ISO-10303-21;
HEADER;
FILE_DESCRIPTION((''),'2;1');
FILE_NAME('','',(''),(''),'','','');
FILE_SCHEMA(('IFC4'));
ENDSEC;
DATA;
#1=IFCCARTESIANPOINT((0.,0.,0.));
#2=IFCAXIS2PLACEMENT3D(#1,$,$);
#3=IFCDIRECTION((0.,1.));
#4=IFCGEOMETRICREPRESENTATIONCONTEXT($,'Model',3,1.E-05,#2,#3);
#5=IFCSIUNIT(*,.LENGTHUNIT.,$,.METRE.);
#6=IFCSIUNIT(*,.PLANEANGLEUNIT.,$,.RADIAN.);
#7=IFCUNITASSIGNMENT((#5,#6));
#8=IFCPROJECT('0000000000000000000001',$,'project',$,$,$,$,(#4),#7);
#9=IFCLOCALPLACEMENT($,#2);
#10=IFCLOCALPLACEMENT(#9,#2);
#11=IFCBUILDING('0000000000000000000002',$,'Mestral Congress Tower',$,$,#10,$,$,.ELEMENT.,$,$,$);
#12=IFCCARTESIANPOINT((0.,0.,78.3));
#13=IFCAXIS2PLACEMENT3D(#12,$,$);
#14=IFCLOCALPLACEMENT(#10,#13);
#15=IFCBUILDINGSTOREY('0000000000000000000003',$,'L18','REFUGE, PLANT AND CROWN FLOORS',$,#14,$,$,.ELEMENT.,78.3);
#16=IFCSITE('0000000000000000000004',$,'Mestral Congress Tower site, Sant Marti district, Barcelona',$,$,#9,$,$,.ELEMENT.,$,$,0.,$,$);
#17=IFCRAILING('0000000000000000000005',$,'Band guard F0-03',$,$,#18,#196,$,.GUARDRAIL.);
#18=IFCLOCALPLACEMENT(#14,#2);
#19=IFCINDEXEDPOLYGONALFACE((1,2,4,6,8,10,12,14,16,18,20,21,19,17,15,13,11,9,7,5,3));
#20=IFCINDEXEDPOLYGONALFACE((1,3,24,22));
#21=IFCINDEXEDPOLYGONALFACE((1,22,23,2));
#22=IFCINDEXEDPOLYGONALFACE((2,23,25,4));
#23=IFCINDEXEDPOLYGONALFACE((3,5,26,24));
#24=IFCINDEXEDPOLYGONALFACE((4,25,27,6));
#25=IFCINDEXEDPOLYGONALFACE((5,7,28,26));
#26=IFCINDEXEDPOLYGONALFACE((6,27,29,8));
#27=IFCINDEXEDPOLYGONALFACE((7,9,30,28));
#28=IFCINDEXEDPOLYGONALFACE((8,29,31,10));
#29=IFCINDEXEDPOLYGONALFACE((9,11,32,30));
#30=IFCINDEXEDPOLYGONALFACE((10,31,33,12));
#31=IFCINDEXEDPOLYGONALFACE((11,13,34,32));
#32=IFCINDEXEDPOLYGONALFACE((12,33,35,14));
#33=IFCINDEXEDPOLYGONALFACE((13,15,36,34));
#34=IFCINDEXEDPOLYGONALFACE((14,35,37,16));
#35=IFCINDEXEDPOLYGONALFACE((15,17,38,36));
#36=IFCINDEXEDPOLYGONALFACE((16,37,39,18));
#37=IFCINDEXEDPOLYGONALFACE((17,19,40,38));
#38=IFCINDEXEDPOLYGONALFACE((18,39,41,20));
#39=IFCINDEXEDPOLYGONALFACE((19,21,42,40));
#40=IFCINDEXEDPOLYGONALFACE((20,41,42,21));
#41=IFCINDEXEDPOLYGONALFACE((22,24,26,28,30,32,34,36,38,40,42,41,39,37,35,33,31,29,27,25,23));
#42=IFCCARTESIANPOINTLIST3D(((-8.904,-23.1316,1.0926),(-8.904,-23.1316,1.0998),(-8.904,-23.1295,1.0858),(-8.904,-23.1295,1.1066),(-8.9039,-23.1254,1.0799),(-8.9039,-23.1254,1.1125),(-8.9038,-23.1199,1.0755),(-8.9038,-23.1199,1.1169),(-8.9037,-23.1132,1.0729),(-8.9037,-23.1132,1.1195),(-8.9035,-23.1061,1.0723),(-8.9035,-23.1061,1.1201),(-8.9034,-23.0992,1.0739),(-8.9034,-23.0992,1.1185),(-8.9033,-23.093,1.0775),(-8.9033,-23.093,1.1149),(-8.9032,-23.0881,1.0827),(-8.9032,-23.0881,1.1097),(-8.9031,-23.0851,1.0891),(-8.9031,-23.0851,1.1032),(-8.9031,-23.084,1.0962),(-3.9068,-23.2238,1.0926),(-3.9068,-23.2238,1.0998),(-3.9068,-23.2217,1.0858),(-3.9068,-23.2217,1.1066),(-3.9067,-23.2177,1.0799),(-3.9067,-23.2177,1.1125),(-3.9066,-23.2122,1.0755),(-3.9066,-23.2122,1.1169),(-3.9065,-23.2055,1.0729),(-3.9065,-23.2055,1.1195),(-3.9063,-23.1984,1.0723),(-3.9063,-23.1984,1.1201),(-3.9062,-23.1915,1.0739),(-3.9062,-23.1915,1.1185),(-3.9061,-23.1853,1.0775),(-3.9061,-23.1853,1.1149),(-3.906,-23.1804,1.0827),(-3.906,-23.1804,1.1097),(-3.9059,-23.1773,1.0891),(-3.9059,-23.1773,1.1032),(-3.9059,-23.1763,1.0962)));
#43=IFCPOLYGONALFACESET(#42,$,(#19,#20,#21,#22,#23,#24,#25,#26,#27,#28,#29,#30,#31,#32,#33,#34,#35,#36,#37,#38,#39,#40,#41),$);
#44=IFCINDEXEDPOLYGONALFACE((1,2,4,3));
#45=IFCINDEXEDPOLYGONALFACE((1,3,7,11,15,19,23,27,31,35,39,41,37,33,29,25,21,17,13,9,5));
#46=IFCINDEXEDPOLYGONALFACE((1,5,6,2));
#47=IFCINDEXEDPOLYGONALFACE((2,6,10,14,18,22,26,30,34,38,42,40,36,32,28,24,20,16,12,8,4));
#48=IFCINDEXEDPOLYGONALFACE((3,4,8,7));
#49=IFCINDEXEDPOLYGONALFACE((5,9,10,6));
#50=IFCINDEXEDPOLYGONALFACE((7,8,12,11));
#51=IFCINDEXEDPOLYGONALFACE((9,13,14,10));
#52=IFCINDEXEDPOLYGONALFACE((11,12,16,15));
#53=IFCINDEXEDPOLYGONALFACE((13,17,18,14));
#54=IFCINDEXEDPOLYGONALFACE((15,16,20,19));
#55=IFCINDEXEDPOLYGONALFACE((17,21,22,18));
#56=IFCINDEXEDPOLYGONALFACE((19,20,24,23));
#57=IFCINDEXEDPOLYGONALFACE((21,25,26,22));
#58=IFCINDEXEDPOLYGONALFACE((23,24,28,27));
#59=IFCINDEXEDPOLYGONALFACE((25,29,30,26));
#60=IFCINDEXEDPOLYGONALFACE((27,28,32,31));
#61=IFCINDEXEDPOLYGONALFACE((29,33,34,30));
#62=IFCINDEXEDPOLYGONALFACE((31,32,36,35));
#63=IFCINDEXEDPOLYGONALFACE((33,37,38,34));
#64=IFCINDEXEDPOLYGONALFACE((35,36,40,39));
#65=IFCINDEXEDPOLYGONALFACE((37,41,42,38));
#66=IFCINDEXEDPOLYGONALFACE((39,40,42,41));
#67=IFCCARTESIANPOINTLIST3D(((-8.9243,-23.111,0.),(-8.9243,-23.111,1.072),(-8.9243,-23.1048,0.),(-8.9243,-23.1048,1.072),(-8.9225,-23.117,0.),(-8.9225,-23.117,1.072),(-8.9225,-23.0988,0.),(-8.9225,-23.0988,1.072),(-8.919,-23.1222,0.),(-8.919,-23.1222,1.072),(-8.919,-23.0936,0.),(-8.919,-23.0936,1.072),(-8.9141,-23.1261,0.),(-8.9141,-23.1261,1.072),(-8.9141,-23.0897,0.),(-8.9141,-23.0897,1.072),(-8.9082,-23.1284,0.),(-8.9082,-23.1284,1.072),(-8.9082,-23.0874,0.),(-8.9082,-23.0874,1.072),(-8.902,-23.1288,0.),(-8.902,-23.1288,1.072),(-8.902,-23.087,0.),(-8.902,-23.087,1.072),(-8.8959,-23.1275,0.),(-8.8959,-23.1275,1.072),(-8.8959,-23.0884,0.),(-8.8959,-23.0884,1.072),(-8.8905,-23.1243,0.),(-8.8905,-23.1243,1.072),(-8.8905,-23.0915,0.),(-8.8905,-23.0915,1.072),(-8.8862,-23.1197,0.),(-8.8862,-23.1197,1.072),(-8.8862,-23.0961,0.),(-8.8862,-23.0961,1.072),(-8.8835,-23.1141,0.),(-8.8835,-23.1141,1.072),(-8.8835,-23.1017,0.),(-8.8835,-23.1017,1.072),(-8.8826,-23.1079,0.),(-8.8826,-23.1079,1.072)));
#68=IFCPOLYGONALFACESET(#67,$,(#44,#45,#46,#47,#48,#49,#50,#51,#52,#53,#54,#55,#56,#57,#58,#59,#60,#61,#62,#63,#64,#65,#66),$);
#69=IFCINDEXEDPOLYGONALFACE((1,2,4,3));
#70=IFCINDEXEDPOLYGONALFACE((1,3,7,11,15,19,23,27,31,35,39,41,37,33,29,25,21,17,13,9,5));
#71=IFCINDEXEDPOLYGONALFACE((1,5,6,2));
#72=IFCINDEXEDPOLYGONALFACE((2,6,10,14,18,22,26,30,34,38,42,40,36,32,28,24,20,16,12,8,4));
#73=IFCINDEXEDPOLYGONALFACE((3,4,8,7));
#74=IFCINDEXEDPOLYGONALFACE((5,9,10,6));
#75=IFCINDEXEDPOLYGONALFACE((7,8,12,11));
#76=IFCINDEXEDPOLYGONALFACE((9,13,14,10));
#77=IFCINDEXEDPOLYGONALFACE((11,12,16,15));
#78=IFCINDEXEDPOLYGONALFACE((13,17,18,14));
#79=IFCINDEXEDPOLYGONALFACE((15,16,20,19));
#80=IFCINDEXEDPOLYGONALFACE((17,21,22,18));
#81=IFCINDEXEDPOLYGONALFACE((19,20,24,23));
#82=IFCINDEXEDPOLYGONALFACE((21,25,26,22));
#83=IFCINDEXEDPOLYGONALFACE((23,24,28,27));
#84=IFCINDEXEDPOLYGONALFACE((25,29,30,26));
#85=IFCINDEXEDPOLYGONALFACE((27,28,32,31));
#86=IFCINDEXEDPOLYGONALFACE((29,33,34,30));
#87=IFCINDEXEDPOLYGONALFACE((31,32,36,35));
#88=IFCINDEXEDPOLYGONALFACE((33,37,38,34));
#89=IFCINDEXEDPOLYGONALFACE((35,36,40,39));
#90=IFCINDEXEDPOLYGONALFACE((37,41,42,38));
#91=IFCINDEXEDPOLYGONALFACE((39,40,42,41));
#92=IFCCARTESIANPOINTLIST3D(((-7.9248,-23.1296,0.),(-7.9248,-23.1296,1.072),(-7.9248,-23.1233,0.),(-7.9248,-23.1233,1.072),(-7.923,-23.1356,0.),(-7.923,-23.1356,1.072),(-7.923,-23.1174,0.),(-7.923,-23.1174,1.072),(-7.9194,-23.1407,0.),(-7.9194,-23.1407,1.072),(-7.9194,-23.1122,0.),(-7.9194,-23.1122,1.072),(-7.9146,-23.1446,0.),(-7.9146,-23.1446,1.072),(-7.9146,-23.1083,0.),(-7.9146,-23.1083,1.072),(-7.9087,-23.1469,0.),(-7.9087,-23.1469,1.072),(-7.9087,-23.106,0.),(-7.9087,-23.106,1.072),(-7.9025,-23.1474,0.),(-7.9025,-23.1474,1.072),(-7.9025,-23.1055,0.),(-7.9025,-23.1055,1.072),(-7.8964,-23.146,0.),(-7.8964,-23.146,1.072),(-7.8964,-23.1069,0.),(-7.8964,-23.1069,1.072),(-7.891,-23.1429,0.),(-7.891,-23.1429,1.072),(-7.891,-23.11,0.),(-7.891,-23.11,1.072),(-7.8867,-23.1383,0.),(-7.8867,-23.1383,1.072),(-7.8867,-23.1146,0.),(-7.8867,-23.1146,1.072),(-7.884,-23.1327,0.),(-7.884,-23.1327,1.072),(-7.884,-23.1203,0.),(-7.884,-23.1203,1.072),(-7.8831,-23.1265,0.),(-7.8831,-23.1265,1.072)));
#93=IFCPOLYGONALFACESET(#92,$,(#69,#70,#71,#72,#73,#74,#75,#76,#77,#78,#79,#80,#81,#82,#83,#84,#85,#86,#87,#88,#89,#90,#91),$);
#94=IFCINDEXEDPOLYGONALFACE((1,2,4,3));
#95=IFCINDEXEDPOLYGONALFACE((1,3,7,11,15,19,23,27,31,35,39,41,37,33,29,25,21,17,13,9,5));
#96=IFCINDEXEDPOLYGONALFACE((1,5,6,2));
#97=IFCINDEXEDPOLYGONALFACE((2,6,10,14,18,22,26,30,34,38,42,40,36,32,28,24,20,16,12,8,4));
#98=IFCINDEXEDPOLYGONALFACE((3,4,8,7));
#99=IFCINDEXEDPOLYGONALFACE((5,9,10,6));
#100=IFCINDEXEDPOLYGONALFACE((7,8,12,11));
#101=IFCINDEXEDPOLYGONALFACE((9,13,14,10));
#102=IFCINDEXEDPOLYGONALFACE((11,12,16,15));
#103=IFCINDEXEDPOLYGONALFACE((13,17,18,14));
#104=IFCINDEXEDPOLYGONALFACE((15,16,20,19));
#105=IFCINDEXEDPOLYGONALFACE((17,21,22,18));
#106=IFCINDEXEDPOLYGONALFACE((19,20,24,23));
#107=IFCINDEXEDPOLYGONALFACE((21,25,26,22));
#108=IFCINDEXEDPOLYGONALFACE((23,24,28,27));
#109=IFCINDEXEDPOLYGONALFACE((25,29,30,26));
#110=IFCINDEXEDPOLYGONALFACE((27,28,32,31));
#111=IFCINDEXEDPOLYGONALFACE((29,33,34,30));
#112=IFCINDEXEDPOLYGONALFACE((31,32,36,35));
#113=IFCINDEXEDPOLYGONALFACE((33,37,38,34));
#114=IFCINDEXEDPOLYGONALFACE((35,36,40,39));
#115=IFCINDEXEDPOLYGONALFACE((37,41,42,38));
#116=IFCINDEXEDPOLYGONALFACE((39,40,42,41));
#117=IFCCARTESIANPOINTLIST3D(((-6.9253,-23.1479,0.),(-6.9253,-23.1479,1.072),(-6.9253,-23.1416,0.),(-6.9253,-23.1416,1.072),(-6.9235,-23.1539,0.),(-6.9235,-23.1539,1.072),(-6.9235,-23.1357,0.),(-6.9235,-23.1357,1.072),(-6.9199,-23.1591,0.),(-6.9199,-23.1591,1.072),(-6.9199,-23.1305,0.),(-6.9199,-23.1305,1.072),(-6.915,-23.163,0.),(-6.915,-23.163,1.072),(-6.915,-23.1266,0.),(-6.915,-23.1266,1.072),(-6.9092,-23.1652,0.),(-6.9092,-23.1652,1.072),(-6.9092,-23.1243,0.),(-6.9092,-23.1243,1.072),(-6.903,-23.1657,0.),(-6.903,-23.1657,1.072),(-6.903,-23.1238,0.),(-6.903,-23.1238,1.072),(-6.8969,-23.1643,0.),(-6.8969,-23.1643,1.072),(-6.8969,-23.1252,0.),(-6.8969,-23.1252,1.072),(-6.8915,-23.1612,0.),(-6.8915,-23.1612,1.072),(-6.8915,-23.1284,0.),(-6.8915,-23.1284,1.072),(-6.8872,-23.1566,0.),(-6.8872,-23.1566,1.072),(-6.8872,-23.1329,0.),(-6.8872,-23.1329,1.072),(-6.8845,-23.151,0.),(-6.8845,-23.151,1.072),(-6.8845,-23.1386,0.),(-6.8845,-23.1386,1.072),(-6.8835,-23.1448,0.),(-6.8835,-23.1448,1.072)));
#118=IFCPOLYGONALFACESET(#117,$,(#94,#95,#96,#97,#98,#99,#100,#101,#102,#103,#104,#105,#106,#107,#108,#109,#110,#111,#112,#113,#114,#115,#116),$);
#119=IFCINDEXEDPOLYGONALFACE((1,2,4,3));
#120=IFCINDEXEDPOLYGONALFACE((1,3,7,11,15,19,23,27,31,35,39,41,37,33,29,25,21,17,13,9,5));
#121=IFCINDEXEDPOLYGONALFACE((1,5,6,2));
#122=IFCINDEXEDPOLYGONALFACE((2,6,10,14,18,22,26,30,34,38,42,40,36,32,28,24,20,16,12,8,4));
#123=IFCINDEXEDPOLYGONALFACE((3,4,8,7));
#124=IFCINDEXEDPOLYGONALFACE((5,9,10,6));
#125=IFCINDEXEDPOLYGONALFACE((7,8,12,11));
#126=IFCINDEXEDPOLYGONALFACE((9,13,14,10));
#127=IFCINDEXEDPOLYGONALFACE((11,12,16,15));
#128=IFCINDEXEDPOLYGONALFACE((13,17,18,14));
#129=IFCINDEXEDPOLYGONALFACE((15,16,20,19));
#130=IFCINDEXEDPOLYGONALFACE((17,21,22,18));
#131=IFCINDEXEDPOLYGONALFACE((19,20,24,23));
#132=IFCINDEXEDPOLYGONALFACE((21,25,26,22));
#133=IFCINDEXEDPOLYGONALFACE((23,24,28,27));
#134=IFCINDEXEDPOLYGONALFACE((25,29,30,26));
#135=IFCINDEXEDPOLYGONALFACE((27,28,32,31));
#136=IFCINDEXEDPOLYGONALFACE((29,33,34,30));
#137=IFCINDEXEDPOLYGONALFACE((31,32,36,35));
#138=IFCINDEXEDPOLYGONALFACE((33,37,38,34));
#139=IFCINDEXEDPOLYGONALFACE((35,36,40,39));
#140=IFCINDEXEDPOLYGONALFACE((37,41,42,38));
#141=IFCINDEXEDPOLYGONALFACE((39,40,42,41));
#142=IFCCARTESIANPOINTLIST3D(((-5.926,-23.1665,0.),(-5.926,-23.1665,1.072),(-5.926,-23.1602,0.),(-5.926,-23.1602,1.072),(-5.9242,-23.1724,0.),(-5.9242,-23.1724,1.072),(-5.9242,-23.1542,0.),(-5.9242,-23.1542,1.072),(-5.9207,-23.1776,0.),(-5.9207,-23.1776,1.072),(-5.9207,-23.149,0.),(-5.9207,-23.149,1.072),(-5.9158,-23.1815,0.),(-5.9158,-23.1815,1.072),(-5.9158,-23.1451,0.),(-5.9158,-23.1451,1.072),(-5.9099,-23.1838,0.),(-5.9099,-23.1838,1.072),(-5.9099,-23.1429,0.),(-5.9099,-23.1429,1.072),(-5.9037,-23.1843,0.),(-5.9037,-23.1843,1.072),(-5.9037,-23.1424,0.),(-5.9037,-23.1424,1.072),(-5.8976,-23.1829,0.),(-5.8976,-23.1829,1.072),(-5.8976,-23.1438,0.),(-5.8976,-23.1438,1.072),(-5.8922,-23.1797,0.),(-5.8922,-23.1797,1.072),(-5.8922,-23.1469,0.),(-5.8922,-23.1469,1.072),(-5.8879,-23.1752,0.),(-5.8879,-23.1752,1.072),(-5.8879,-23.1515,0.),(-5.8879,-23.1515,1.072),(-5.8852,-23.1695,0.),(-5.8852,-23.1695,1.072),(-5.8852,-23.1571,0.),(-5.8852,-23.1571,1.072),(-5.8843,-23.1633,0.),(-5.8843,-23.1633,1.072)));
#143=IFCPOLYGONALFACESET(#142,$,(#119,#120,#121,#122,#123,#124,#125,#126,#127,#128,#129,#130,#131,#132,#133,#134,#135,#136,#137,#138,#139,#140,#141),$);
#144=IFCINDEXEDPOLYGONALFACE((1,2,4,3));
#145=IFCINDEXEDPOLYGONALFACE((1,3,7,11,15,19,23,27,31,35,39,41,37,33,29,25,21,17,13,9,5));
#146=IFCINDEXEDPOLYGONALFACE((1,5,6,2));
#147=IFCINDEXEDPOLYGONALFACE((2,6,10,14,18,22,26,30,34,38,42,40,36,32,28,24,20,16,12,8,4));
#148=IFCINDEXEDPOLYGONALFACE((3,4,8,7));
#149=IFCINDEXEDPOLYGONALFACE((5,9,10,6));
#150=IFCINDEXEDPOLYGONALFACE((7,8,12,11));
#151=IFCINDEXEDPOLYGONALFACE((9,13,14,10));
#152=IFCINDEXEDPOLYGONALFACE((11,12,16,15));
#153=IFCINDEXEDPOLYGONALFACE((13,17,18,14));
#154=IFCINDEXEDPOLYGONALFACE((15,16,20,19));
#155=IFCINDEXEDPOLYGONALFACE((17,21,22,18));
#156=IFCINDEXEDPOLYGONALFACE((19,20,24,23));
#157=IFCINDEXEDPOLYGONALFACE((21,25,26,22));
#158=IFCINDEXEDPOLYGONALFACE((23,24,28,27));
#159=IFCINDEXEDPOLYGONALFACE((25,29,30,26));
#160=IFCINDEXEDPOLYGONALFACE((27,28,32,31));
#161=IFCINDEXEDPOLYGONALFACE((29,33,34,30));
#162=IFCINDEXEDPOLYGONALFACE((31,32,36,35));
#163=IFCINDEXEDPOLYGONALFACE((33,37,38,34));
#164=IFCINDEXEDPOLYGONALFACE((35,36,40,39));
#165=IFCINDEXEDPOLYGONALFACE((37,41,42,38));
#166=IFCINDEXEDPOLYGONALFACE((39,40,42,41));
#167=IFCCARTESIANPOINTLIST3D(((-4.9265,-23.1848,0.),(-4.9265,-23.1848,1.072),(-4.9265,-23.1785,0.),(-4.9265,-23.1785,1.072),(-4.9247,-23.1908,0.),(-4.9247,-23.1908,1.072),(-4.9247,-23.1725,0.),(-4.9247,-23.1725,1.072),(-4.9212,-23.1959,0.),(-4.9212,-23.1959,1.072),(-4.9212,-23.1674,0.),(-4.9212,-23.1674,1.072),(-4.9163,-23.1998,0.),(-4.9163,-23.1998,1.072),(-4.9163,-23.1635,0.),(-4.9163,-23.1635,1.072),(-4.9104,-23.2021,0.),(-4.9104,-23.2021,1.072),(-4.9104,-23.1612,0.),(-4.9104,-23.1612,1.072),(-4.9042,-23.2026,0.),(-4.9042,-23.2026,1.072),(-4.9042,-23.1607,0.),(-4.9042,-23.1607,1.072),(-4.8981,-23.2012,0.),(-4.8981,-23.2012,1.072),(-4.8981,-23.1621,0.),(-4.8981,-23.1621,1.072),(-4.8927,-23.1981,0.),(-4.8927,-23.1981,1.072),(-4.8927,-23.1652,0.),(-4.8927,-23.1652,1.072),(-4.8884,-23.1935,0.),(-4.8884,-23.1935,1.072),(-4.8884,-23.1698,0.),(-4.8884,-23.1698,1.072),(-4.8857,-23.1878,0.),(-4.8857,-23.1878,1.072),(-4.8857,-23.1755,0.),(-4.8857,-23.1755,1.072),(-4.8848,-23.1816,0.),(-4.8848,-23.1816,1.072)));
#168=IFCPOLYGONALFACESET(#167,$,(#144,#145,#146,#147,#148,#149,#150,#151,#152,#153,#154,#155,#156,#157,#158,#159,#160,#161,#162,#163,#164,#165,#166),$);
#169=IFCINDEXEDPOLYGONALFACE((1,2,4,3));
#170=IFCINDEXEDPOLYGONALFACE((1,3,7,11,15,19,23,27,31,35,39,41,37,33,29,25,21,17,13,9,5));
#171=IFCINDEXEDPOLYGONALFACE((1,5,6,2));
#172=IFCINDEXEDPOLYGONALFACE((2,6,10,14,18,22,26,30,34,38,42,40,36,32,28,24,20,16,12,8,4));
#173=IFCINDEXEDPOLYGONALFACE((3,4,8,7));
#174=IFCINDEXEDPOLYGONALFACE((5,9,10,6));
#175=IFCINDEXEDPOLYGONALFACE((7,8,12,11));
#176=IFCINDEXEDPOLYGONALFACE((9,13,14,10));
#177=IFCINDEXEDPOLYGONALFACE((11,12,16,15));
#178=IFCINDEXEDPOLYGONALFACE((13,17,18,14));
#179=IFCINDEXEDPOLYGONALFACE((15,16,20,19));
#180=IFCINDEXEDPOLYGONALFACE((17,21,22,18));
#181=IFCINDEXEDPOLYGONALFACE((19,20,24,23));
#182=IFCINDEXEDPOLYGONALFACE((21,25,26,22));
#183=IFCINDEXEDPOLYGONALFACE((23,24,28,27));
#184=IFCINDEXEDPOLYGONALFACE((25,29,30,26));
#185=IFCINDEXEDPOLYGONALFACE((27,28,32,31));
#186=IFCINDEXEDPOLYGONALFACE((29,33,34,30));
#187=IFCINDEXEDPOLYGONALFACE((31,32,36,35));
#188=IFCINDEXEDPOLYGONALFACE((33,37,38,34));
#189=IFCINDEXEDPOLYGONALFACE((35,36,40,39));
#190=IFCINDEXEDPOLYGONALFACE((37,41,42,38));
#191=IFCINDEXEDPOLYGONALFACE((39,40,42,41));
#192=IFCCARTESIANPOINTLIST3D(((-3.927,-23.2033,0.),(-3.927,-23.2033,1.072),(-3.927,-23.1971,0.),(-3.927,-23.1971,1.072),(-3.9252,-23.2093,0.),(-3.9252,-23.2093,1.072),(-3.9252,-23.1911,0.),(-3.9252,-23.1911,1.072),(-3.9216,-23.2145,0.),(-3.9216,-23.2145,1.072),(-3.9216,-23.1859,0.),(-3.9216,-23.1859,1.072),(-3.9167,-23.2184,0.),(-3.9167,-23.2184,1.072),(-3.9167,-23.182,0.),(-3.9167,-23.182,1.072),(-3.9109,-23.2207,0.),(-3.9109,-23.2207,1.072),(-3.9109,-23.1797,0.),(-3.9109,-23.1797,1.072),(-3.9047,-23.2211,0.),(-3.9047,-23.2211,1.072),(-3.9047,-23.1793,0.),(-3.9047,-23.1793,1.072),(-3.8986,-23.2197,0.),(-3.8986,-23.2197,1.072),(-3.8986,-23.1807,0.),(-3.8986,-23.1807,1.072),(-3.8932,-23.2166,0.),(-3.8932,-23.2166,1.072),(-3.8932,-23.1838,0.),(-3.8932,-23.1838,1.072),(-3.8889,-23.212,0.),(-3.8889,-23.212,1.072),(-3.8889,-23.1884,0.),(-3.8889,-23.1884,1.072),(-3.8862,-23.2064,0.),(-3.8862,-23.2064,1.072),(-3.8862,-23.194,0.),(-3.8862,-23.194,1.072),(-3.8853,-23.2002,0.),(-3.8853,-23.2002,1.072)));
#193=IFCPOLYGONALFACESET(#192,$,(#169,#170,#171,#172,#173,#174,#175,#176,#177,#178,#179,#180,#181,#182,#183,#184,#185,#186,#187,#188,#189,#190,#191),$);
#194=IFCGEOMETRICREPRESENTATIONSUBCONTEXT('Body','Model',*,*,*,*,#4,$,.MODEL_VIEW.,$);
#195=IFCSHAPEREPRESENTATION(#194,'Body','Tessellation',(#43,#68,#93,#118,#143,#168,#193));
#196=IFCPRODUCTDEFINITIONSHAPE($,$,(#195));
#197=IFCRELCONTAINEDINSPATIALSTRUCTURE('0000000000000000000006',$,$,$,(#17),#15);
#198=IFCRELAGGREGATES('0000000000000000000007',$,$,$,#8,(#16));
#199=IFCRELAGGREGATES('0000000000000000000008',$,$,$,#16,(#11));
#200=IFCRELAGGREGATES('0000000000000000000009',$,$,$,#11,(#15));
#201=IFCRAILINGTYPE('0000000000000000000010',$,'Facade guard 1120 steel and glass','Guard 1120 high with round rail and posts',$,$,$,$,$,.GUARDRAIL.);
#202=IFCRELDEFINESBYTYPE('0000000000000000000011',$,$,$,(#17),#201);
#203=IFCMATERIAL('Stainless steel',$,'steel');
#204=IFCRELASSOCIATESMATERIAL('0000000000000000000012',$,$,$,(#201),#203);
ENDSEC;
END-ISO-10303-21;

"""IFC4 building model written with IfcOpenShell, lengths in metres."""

from ifc_helpers import new_model, si_unit, direction, frame, origin, origin_2d, place, context, subcontext, project, spatial, circle, extrude, material, type_object, element, save


model = new_model("IFC4")

# Units and contexts
model_context = context("Model", 3, precision=1e-05, world=origin(), true_north=direction((0.0, 1.0)))
body_context = subcontext(model_context, "Body", "Model", "MODEL_VIEW")
ifc_project = project(units=[si_unit("LENGTHUNIT", "METRE"), si_unit("PLANEANGLEUNIT", "RADIAN")], contexts=[model_context])

# Site, building, storey
site_placement = place(None, origin())
site = spatial("IfcSite", under=ifc_project, at=site_placement, Name="Mestral Congress Tower site, Sant Marti district, Barcelona", CompositionType="ELEMENT", RefElevation=0.0)
building_placement = place(site_placement, origin())
building = spatial("IfcBuilding", under=site, at=building_placement, Name="Mestral Congress Tower", CompositionType="ELEMENT")
storey_placement = place(building_placement, frame((0.0, 0.0, 78.3)))
storey = spatial("IfcBuildingStorey", under=building, at=storey_placement, Name="L18", Description="REFUGE, PLANT AND CROWN FLOORS", CompositionType="ELEMENT", Elevation=78.3)

# Railing
ifc_material_1 = material(Name="Stainless steel", Category="steel")
railing_type = type_object("IfcRailingType", Name="Facade guard 1120 steel and glass", Description="Guard 1120 high with round rail and posts", PredefinedType="GUARDRAIL", material=ifc_material_1)
railing_1_placement = place(storey_placement, frame((-8.9036, -23.1079, 0.0)))
element("IfcRailing", 1, at=railing_1_placement, inside=storey, type_object=railing_type, Name="Band guard F0-03", PredefinedType="GUARDRAIL", context=body_context, shape_type="SweptSolid", body=[
    extrude(circle(Radius=0.0239, at=origin_2d()), frame((0.0, 0.0, 1.0962), z_axis=(0.99983, -0.018464, 0.0), x_axis=(0.018464, 0.99983, 0.0)), (0.0, 0.0, 1.0), 4.998),
    extrude(circle(Radius=0.021, at=origin_2d()), origin(), (0.0, 0.0, 1.0), 1.072),
    extrude(circle(Radius=0.021, at=origin_2d()), frame((0.9995, -0.0186, 0.0)), (0.0, 0.0, 1.0), 1.072),
    extrude(circle(Radius=0.021, at=origin_2d()), frame((1.999, -0.0369, 0.0)), (0.0, 0.0, 1.0), 1.072),
    extrude(circle(Radius=0.021, at=origin_2d()), frame((2.9983, -0.0554, 0.0)), (0.0, 0.0, 1.0), 1.072),
    extrude(circle(Radius=0.021, at=origin_2d()), frame((3.9978, -0.0737, 0.0)), (0.0, 0.0, 1.0), 1.072),
    extrude(circle(Radius=0.021, at=origin_2d()), frame((4.9973, -0.0923, 0.0)), (0.0, 0.0, 1.0), 1.072),
])

save(model, "model.ifc")
